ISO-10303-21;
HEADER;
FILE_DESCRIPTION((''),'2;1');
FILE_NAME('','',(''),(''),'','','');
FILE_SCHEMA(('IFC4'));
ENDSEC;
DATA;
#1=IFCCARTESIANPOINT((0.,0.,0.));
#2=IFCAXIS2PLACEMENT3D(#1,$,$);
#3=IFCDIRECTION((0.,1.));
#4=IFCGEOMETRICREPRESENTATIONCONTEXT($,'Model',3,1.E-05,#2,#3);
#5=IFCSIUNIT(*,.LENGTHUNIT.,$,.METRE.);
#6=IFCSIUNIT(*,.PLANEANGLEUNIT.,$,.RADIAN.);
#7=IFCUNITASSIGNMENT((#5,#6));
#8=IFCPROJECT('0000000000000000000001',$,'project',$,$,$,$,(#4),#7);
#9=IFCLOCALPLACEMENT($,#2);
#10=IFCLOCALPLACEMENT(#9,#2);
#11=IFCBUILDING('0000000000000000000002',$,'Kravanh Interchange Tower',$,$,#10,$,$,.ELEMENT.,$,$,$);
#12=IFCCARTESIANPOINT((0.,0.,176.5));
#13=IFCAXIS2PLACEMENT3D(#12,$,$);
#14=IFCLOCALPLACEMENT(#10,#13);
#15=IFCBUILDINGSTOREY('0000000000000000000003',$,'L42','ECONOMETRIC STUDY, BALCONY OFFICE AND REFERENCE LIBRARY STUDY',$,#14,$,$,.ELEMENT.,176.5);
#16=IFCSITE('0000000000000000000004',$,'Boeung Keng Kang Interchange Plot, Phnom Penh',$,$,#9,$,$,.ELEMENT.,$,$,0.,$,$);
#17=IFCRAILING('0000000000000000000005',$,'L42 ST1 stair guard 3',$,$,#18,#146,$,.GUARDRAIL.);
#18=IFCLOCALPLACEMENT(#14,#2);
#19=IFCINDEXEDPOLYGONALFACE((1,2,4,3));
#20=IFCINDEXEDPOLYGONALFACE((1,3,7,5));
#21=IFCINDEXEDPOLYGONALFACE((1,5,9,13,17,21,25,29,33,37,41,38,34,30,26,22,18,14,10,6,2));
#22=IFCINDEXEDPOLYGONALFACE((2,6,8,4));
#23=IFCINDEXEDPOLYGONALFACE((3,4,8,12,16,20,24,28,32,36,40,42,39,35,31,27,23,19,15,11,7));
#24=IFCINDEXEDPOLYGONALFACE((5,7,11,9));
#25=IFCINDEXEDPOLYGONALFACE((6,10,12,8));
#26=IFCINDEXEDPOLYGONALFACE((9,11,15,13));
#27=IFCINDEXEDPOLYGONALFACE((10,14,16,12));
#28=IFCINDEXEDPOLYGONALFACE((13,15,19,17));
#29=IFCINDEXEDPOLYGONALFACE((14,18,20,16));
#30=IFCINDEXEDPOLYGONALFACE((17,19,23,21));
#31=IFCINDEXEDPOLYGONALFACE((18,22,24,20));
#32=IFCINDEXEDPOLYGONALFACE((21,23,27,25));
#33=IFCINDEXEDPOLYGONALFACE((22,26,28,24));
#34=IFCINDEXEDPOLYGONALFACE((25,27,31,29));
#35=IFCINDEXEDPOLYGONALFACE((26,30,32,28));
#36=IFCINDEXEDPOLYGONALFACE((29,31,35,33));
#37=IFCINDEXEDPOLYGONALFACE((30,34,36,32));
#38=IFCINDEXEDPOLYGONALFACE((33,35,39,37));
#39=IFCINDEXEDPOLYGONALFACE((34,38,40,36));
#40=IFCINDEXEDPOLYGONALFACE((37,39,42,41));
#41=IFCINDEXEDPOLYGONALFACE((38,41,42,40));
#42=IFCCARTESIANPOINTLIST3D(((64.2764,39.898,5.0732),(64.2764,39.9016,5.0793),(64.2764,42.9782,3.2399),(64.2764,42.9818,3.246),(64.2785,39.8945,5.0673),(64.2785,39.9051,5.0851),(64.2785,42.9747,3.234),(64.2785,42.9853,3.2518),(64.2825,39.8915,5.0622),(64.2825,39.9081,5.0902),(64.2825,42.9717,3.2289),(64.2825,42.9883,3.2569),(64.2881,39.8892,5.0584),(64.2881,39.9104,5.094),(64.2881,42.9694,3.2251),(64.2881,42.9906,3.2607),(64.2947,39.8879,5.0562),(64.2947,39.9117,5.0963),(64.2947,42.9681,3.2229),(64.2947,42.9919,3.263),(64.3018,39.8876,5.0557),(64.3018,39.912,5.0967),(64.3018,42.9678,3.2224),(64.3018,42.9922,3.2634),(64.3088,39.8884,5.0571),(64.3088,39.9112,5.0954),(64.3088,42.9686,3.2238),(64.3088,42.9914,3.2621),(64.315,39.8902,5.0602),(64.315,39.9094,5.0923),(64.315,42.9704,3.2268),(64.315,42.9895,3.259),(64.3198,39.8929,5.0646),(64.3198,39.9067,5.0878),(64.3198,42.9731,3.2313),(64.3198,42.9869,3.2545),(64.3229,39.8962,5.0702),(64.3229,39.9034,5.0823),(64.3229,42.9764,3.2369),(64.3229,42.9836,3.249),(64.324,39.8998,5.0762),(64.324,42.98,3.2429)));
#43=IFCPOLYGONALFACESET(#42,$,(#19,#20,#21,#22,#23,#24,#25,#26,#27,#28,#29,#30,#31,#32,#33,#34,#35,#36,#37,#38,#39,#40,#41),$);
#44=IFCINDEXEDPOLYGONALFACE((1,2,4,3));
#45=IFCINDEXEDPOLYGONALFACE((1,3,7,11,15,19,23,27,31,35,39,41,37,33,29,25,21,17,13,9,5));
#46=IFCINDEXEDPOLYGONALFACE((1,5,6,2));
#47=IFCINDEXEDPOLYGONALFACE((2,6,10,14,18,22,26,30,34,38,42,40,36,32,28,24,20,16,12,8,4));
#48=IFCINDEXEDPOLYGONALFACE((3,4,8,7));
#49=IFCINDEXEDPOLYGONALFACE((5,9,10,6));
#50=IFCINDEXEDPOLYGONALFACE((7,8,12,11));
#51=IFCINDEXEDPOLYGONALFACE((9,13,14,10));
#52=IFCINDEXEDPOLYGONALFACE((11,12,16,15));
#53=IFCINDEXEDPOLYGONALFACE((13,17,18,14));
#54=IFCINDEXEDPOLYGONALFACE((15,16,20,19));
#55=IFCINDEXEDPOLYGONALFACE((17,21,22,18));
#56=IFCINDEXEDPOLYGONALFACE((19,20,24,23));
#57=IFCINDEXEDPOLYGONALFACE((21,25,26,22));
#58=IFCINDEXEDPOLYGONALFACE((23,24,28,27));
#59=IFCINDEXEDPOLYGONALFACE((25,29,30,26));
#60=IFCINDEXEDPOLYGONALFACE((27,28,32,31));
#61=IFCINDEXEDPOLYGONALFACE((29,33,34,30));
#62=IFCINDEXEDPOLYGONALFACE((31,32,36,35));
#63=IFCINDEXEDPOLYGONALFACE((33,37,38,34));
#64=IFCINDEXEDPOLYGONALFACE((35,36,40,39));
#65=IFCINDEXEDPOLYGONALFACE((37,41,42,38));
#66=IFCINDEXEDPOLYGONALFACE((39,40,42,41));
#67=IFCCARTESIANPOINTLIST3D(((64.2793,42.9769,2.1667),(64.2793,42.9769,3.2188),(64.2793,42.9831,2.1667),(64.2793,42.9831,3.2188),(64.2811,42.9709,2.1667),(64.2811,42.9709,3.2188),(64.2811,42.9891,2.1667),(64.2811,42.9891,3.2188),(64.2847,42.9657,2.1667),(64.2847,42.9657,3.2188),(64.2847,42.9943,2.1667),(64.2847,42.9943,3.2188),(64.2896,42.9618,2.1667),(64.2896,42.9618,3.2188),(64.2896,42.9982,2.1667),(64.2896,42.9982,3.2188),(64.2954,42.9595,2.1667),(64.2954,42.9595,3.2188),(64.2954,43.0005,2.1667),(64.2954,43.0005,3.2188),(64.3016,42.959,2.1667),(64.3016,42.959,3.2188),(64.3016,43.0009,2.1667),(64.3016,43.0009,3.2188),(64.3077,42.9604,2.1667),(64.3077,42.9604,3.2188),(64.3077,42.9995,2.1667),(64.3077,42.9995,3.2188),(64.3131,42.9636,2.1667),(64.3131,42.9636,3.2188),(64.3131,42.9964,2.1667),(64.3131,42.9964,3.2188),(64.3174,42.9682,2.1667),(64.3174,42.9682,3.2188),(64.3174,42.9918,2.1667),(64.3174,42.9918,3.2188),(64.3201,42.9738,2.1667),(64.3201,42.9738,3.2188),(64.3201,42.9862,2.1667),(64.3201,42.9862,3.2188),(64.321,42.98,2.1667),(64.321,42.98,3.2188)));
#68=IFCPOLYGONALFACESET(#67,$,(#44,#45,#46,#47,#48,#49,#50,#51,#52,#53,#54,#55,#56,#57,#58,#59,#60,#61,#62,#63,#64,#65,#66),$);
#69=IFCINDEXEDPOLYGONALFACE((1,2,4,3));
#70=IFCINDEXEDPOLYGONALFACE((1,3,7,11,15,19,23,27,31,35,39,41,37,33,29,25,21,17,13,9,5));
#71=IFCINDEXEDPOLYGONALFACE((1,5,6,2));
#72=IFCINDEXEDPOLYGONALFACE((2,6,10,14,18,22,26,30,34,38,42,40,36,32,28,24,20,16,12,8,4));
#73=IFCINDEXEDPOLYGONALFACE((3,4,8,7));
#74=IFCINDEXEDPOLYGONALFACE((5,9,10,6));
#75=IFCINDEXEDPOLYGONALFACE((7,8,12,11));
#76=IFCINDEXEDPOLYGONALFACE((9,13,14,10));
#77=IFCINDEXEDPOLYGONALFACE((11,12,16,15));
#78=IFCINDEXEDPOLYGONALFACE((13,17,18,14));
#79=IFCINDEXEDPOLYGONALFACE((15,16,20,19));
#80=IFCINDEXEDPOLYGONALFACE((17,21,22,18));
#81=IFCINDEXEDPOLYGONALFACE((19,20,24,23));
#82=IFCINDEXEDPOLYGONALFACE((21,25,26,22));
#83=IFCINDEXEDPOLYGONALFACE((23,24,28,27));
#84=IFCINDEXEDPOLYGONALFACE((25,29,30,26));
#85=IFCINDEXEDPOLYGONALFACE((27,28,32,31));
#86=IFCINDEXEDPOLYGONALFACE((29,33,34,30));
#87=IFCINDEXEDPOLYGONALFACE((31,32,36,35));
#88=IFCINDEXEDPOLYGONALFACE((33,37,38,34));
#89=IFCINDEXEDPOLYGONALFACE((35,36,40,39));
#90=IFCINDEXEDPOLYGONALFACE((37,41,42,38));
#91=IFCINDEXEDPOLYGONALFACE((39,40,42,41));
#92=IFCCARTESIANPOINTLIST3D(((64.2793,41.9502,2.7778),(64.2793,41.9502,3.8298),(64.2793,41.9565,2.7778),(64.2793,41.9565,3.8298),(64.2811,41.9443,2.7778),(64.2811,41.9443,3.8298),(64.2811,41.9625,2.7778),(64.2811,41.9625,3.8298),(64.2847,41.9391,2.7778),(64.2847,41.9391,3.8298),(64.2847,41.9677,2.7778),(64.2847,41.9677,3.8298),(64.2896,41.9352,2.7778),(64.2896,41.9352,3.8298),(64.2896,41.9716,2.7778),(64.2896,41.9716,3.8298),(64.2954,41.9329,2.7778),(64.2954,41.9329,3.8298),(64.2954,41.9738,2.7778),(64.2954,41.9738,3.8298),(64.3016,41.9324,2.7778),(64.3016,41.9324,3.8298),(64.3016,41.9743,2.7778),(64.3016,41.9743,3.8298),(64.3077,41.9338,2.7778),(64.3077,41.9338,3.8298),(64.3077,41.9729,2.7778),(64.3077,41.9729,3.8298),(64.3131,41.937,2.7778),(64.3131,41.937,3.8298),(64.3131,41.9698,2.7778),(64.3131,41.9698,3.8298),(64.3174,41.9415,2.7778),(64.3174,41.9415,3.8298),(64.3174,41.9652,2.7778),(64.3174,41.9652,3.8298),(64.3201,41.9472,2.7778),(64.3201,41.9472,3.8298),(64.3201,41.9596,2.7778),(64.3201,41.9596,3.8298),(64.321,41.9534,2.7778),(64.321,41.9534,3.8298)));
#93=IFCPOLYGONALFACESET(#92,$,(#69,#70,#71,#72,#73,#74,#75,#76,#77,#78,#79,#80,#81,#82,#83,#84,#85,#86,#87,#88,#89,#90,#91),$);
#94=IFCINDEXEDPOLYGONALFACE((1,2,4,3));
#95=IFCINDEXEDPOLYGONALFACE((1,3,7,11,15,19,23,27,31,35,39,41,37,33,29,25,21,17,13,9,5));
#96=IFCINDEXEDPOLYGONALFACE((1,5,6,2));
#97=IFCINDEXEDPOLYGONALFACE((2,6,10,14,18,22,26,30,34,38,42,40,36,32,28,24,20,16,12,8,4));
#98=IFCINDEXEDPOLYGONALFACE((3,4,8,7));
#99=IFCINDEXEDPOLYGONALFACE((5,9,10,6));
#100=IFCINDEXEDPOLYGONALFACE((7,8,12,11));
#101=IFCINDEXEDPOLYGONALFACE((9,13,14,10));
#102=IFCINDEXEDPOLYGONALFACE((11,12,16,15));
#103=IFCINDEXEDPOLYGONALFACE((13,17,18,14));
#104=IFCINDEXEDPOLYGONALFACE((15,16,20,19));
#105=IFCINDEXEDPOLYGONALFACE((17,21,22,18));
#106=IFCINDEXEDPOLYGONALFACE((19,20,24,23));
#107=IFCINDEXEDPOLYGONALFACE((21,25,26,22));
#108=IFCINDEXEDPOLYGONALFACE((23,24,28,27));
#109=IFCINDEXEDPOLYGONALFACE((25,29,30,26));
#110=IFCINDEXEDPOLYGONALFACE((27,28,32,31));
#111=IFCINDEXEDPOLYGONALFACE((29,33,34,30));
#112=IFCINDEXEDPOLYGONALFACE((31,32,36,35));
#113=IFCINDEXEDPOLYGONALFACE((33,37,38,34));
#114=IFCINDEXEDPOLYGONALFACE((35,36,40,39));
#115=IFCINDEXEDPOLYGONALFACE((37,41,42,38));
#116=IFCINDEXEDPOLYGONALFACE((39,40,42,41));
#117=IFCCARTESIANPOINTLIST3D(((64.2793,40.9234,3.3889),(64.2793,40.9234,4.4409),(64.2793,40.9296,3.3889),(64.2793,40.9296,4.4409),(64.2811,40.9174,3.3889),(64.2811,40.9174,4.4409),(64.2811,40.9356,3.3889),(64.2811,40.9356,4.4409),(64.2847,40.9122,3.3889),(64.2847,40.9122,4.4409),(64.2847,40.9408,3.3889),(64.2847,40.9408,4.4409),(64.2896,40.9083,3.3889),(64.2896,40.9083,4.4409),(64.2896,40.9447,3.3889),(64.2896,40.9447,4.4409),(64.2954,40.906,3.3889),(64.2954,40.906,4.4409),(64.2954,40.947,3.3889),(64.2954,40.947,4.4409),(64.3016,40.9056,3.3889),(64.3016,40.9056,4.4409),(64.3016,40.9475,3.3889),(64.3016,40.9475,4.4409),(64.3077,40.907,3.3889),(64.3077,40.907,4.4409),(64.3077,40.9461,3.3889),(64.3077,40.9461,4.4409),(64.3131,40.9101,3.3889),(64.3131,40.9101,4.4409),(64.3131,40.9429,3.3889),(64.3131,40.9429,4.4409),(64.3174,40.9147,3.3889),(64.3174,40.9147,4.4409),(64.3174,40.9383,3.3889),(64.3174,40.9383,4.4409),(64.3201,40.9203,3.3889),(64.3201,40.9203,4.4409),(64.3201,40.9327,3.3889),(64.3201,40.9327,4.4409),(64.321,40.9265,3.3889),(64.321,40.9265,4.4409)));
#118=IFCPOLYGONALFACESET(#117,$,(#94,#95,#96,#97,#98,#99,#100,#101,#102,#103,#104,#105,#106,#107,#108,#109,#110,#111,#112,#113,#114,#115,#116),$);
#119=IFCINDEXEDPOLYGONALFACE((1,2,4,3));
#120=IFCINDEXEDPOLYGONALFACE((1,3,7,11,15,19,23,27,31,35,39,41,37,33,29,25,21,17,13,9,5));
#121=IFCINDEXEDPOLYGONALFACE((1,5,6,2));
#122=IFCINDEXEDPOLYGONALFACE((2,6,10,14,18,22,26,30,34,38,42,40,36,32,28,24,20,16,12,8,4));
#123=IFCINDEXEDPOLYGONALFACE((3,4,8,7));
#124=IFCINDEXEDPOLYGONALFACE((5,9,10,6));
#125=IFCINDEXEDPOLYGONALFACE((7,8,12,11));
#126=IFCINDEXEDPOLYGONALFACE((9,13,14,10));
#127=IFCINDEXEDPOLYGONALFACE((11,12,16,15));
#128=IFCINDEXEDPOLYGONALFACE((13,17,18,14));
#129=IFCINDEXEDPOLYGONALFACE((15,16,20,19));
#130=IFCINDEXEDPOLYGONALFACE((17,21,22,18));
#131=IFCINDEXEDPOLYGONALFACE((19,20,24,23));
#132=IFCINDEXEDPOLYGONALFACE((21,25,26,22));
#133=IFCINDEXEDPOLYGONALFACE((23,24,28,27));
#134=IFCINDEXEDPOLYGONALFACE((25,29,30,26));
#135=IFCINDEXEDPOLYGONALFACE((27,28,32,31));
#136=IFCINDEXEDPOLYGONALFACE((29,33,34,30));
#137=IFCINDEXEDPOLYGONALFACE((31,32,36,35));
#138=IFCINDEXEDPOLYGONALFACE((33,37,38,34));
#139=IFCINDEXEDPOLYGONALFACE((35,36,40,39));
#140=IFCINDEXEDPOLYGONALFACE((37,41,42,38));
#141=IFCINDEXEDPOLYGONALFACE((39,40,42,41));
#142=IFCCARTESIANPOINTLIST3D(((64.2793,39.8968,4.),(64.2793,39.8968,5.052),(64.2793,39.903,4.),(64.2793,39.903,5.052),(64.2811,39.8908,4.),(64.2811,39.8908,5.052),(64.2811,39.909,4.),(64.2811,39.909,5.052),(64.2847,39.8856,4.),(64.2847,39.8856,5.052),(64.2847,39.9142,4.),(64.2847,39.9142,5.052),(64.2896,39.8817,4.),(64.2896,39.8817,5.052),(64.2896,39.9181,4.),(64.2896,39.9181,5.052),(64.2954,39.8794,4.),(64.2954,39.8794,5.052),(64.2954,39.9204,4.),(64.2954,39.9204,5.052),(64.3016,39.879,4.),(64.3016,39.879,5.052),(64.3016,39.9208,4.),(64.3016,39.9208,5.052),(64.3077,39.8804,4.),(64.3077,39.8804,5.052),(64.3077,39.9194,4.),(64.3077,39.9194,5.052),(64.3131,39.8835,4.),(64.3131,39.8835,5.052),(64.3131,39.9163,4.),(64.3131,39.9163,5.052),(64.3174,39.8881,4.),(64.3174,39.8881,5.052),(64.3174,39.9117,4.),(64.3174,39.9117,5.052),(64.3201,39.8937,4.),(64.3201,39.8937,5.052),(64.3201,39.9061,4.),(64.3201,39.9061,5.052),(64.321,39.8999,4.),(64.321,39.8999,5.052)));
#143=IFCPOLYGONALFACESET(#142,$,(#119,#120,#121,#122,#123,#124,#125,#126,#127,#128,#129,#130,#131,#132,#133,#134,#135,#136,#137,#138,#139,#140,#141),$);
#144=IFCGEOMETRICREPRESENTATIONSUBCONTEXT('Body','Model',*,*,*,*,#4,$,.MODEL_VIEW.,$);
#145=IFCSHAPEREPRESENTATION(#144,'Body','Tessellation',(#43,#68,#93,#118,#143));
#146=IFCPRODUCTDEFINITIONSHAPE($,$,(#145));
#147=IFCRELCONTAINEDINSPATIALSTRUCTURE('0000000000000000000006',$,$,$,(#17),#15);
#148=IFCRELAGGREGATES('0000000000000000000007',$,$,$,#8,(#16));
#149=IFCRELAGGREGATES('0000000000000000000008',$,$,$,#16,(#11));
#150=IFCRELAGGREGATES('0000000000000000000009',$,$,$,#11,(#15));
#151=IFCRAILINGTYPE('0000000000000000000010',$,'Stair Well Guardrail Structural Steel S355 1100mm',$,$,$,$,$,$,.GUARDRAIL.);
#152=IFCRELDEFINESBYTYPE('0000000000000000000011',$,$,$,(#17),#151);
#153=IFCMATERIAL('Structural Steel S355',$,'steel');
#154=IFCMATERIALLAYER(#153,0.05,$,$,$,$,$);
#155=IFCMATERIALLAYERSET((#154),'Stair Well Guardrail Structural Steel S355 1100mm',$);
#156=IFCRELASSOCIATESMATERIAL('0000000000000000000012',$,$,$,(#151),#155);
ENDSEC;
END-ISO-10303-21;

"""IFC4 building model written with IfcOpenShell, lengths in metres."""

from ifc_helpers import new_model, si_unit, direction, frame, origin, origin_2d, place, context, subcontext, project, spatial, circle, extrude, material, layer, layer_set, type_object, element, save


model = new_model("IFC4")

# Units and contexts
model_context = context("Model", 3, precision=1e-05, world=origin(), true_north=direction((0.0, 1.0)))
body_context = subcontext(model_context, "Body", "Model", "MODEL_VIEW")
ifc_project = project(units=[si_unit("LENGTHUNIT", "METRE"), si_unit("PLANEANGLEUNIT", "RADIAN")], contexts=[model_context])

# Site, building, storey
site_placement = place(None, origin())
site = spatial("IfcSite", under=ifc_project, at=site_placement, Name="Boeung Keng Kang Interchange Plot, Phnom Penh", CompositionType="ELEMENT", RefElevation=0.0)
building_placement = place(site_placement, origin())
building = spatial("IfcBuilding", under=site, at=building_placement, Name="Kravanh Interchange Tower", CompositionType="ELEMENT")
storey_placement = place(building_placement, frame((0.0, 0.0, 176.5)))
storey = spatial("IfcBuildingStorey", under=building, at=storey_placement, Name="L42", Description="ECONOMETRIC STUDY, BALCONY OFFICE AND REFERENCE LIBRARY STUDY", CompositionType="ELEMENT", Elevation=176.5)

# Railing
ifc_material_1 = material(Name="Structural Steel S355", Category="steel")
ifc_layer_1 = layer(ifc_material_1, 0.05)
ifc_layer_set_1 = layer_set([ifc_layer_1], Name="Stair Well Guardrail Structural Steel S355 1100mm")
railing_type_1 = type_object("IfcRailingType", Name="Stair Well Guardrail Structural Steel S355 1100mm", PredefinedType="GUARDRAIL", material=ifc_layer_set_1)
railing_1_placement = place(storey_placement, frame((64.3, 42.98, 2.1667)))
element("IfcRailing", 1, at=railing_1_placement, inside=storey, type_object=railing_type_1, Name="L42 ST1 stair guard 3", PredefinedType="GUARDRAIL", context=body_context, shape_type="SweptSolid", body=[
    extrude(circle(Radius=0.0239, at=origin_2d()), frame((0.0, 0.0, 1.0762), z_axis=(0.0, -0.859309, 0.511458), x_axis=(1.0, 0.0, 0.0)), (0.0, 0.0, 1.0), 3.5845),
    extrude(circle(Radius=0.021, at=origin_2d()), origin(), (0.0, 0.0, 1.0), 1.052),
    extrude(circle(Radius=0.021, at=origin_2d()), frame((0.0, -1.0266, 0.6111)), (0.0, 0.0, 1.0), 1.052),
    extrude(circle(Radius=0.021, at=origin_2d()), frame((0.0, -2.0535, 1.2222)), (0.0, 0.0, 1.0), 1.052),
    extrude(circle(Radius=0.021, at=origin_2d()), frame((0.0, -3.0801, 1.8333)), (0.0, 0.0, 1.0), 1.052),
])

save(model, "model.ifc")
